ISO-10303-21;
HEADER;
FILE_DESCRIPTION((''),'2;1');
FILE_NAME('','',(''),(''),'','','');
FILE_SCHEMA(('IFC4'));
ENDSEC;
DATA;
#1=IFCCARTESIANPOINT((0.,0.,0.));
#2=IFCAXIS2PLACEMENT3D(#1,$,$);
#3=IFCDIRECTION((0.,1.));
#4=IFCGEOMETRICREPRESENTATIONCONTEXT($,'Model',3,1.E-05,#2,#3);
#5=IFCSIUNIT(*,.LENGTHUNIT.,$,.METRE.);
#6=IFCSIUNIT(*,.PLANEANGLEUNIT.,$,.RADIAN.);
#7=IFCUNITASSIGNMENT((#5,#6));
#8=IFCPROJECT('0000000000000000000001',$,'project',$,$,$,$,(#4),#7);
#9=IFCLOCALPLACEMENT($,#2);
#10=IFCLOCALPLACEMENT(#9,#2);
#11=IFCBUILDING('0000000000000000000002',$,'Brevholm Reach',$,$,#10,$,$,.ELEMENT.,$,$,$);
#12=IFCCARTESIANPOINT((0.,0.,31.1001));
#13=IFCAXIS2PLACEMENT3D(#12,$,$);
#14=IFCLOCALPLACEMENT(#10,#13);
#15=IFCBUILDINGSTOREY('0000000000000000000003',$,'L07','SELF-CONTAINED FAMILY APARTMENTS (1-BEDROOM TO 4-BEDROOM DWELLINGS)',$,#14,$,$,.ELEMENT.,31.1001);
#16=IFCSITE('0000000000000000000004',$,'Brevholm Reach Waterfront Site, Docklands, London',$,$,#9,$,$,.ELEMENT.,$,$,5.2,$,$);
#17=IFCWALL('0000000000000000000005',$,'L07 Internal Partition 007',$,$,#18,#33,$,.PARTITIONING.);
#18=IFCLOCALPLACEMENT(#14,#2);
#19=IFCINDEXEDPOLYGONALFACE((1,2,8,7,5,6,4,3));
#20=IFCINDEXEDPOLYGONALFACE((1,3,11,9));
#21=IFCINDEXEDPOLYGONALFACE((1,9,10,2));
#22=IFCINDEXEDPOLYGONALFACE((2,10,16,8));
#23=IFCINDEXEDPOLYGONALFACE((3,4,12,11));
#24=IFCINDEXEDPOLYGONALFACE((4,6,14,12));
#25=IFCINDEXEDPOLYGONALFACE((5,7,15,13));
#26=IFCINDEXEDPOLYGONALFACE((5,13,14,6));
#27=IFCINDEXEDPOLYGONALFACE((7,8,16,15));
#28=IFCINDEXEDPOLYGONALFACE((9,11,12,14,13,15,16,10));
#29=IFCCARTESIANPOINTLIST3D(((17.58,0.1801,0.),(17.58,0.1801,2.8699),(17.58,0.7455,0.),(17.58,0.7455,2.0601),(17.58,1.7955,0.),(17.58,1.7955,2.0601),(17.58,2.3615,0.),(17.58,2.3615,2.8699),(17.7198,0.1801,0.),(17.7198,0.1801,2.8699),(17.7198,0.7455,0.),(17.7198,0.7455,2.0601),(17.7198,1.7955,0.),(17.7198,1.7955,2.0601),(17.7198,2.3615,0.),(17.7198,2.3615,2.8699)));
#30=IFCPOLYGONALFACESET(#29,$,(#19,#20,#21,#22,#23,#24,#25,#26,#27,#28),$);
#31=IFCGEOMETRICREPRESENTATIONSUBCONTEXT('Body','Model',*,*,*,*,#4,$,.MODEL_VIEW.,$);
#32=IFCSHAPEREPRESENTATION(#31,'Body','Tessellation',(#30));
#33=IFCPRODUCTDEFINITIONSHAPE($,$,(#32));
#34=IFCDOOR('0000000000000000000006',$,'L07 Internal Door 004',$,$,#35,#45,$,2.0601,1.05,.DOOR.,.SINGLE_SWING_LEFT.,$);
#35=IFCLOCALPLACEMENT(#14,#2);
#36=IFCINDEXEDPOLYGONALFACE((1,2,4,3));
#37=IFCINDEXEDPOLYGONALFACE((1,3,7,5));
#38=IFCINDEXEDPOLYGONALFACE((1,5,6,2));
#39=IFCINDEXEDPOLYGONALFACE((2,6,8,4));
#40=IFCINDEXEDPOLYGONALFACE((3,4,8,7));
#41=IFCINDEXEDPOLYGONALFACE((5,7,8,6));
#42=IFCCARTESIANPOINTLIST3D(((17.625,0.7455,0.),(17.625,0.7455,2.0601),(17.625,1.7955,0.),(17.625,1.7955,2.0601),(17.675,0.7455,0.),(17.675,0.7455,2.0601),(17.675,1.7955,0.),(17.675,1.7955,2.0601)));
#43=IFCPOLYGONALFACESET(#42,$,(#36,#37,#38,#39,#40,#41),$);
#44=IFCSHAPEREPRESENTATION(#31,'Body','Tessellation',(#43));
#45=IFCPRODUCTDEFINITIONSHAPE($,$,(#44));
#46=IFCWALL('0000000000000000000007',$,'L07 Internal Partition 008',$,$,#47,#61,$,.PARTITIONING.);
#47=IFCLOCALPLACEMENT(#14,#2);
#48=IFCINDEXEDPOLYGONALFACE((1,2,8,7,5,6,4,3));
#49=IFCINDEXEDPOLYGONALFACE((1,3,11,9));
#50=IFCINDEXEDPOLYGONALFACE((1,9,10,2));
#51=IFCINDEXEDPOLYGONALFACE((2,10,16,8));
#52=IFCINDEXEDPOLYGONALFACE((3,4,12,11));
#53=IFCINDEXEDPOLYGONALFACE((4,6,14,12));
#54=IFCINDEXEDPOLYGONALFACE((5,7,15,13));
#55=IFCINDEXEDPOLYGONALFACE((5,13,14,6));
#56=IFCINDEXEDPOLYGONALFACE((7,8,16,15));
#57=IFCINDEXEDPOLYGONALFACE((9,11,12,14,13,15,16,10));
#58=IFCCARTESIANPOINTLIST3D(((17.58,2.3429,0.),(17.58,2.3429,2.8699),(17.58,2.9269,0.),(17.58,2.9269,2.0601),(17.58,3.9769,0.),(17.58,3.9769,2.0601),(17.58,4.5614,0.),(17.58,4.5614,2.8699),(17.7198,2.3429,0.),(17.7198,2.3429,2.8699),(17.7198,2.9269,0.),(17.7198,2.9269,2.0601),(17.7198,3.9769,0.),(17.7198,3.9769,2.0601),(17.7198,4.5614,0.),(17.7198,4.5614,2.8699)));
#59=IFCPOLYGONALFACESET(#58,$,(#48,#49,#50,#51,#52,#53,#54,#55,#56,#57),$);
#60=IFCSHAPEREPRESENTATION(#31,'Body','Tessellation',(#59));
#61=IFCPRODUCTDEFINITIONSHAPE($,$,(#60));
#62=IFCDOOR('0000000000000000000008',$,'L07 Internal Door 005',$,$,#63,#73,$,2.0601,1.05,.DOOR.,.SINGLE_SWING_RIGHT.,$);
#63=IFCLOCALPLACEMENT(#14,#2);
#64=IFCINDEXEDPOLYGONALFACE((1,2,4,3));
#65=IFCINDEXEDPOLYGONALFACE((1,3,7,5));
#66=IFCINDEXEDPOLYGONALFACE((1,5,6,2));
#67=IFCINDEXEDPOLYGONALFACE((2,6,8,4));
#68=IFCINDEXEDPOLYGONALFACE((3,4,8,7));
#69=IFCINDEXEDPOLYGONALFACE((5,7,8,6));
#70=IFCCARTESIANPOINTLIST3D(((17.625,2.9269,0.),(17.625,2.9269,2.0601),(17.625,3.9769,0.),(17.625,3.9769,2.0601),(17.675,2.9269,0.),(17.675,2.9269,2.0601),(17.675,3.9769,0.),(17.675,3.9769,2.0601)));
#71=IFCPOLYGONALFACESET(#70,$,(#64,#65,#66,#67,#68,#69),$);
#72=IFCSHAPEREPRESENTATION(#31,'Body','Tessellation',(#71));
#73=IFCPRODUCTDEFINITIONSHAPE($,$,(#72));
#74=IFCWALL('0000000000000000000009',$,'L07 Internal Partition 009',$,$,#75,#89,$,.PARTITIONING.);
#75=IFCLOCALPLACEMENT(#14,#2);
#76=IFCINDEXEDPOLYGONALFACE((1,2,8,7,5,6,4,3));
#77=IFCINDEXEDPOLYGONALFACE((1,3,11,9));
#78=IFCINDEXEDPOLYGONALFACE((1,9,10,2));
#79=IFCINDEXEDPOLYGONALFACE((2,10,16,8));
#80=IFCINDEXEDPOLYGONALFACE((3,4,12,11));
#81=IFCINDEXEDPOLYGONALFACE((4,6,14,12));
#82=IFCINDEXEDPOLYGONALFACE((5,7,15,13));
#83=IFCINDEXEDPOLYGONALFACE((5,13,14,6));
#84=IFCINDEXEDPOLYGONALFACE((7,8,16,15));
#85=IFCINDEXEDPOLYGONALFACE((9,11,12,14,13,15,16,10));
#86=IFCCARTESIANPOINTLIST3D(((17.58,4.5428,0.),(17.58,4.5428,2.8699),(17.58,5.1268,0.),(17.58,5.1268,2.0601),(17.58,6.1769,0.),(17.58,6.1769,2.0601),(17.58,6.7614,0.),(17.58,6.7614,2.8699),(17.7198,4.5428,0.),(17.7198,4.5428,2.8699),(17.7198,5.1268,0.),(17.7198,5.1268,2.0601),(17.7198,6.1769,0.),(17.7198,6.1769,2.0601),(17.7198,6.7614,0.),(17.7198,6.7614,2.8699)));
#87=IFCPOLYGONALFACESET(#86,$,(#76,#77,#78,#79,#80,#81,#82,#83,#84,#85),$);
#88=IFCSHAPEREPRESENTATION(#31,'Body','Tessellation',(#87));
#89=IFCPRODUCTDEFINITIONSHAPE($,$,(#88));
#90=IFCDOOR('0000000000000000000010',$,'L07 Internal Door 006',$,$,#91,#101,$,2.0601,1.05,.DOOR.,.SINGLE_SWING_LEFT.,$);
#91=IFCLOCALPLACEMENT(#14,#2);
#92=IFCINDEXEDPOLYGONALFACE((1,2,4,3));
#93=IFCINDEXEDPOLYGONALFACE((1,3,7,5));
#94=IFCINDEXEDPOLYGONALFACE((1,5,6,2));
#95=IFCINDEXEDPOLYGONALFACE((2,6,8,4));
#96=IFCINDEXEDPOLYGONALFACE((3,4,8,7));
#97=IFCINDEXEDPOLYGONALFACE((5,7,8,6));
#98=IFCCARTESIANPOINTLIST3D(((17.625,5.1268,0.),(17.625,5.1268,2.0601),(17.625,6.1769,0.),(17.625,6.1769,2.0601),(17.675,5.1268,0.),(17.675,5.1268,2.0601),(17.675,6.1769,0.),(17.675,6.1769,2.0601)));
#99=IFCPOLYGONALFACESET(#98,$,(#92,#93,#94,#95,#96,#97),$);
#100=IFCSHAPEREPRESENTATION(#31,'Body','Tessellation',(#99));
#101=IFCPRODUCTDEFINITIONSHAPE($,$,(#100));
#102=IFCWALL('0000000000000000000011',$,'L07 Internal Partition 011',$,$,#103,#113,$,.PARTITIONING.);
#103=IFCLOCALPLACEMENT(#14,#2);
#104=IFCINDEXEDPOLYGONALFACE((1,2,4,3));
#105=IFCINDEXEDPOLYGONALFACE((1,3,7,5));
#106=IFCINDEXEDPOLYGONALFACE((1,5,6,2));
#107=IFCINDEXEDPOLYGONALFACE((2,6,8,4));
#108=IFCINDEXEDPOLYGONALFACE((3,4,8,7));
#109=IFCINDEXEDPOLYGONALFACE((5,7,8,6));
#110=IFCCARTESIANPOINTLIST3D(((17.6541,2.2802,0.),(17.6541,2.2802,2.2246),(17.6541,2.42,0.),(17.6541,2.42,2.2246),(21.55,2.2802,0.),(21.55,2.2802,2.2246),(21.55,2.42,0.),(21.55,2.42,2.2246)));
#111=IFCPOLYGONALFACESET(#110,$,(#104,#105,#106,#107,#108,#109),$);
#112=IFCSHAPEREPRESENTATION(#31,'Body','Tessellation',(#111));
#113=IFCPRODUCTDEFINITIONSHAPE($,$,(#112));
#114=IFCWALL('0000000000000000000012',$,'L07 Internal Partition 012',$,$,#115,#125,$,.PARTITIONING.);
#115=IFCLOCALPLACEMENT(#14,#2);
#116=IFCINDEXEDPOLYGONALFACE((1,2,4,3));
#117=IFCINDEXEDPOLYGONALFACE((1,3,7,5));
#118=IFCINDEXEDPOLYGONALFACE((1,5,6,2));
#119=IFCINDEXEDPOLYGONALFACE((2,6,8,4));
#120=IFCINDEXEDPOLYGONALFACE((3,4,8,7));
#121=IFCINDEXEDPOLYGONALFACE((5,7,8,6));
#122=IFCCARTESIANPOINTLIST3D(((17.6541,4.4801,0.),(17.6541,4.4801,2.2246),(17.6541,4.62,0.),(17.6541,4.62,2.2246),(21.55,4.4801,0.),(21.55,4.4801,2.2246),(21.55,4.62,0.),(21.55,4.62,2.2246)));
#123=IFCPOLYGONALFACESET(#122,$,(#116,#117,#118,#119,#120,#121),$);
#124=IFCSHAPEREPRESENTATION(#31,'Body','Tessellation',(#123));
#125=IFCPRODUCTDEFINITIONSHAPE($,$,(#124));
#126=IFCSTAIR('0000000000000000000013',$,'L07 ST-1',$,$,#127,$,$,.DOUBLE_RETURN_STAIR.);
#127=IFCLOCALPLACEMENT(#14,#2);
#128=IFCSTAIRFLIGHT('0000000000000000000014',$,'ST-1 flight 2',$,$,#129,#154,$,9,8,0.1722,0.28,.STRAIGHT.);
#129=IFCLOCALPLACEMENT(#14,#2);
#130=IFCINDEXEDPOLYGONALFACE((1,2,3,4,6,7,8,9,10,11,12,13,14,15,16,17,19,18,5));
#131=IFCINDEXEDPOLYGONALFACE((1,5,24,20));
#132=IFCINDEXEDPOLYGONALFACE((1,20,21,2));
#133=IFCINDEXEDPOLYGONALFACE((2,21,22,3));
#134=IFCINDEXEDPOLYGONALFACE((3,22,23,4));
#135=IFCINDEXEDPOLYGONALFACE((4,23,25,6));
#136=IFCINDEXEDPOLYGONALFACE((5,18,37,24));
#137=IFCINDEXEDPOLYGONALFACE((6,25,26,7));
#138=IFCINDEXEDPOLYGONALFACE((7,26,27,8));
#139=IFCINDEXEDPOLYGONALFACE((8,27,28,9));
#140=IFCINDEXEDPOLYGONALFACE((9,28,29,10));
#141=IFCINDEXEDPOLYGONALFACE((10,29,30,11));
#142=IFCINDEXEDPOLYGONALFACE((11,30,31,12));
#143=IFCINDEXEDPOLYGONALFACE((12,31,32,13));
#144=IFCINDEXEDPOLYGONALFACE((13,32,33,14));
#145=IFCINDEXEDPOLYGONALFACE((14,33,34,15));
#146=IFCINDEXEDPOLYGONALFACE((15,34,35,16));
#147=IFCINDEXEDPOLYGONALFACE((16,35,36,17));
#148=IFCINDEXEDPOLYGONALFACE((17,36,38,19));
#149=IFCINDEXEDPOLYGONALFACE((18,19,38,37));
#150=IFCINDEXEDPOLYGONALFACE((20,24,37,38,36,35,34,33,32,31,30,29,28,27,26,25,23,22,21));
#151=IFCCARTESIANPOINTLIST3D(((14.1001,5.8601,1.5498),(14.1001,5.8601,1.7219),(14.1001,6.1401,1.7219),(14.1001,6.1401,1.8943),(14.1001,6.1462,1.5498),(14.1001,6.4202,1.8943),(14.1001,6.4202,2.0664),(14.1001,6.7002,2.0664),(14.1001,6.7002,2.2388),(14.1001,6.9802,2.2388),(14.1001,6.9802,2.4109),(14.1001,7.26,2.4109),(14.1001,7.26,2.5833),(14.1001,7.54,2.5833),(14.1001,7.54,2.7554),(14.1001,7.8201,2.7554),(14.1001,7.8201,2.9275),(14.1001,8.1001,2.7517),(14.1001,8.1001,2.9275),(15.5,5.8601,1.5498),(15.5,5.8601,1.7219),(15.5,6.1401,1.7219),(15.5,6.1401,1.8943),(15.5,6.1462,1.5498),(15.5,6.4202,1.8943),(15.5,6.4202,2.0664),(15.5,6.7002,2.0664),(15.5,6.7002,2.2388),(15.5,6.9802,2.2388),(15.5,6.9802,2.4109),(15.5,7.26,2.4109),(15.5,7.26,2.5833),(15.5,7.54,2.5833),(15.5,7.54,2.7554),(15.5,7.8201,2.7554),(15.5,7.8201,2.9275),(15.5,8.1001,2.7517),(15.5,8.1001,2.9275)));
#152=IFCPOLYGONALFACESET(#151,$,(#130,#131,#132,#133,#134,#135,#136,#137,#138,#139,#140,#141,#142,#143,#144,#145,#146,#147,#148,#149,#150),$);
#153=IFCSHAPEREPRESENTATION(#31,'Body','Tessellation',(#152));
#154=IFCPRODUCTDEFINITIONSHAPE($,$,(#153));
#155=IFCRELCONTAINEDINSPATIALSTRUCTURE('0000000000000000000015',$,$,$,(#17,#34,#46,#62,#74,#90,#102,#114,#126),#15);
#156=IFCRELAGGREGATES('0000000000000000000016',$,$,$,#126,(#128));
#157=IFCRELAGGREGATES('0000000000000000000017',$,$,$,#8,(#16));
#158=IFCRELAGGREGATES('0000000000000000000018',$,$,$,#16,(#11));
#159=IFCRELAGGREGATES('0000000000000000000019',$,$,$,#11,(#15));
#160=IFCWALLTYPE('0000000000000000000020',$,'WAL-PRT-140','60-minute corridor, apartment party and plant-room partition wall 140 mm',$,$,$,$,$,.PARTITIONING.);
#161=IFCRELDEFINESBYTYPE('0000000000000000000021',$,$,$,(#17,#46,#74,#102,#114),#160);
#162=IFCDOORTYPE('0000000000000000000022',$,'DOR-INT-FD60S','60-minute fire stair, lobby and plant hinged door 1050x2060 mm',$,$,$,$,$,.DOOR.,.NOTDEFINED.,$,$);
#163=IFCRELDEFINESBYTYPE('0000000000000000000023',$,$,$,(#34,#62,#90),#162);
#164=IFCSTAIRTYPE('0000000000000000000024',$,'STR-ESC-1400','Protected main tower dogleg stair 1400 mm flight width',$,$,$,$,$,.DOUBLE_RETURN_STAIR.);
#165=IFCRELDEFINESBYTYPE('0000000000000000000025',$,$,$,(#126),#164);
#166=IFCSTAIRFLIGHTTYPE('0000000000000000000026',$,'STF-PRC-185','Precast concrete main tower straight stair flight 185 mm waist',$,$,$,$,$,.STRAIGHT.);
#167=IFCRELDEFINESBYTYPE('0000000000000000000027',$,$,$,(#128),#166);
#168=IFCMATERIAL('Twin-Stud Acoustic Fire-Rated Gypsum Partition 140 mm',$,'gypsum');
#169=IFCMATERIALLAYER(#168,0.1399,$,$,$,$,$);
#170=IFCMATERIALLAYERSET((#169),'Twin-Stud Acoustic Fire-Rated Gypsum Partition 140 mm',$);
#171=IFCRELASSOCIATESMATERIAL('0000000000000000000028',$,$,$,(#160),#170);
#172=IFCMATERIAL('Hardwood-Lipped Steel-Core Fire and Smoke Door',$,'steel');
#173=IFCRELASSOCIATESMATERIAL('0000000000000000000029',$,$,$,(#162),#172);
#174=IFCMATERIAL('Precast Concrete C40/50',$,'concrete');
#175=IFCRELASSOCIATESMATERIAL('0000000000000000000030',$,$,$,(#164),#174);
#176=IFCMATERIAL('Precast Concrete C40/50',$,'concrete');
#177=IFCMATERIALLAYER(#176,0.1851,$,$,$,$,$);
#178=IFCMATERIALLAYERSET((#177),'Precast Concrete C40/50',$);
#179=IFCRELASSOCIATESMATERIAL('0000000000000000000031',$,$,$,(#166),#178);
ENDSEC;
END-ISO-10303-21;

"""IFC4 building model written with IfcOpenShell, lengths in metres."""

from ifc_helpers import new_model, si_unit, direction, frame, frame_2d, origin, place, context, subcontext, project, spatial, polyline, rectangle, outline, extrude, material, layer, layer_set, type_object, element, fill, aggregate, save


model = new_model("IFC4")

# Units and contexts
model_context = context("Model", 3, precision=1e-05, world=origin(), true_north=direction((0.0, 1.0)))
body_context = subcontext(model_context, "Body", "Model", "MODEL_VIEW")
ifc_project = project(units=[si_unit("LENGTHUNIT", "METRE"), si_unit("PLANEANGLEUNIT", "RADIAN")], contexts=[model_context])

# Site, building, storey
site_placement = place(None, origin())
site = spatial("IfcSite", under=ifc_project, at=site_placement, Name="Brevholm Reach Waterfront Site, Docklands, London", CompositionType="ELEMENT", RefElevation=5.2)
building_placement = place(site_placement, origin())
building = spatial("IfcBuilding", under=site, at=building_placement, Name="Brevholm Reach", CompositionType="ELEMENT")
storey_placement = place(building_placement, frame((0.0, 0.0, 31.1001)))
storey = spatial("IfcBuildingStorey", under=building, at=storey_placement, Name="L07", Description="SELF-CONTAINED FAMILY APARTMENTS (1-BEDROOM TO 4-BEDROOM DWELLINGS)", CompositionType="ELEMENT", Elevation=31.1001)

# Walls, openings, doors
ifc_material_1 = material(Name="Twin-Stud Acoustic Fire-Rated Gypsum Partition 140 mm", Category="gypsum")
ifc_layer_1 = layer(ifc_material_1, 0.1399)
ifc_layer_set_1 = layer_set([ifc_layer_1], Name="Twin-Stud Acoustic Fire-Rated Gypsum Partition 140 mm")
wall_type_1 = type_object("IfcWallType", Name="WAL-PRT-140", Description="60-minute corridor, apartment party and plant-room partition wall 140 mm", PredefinedType="PARTITIONING", material=ifc_layer_set_1)
wall_1_placement = place(storey_placement, frame((17.6499, 0.1799, 0.0), z_axis=(0.0, 0.0, 1.0), x_axis=(0.0, 1.0, 0.0)))
wall_1 = element("IfcWall", 1, at=wall_1_placement, inside=storey, type_object=wall_type_1, Name="L07 Internal Partition 007", PredefinedType="PARTITIONING", context=body_context, shape_type="SweptSolid", body=[
    extrude(rectangle(XDim=2.1814, YDim=0.1399, at=frame_2d((1.0908, 0.0))), origin(), (0.0, 0.0, 1.0), 2.8699),
])
opening_1_placement = place(wall_1_placement, frame((0.5657, 0.0, 0.0)))
opening_1 = element("IfcOpeningElement", 2, at=opening_1_placement, cuts=wall_1, PredefinedType="OPENING", context=body_context, shape_type="SweptSolid", body=[
    extrude(rectangle(XDim=1.05, YDim=2.0601, at=frame_2d((0.5249, 1.03))), frame((0.0, 0.0798, 0.0), z_axis=(0.0, -1.0, 0.0), x_axis=(1.0, 0.0, 0.0)), (0.0, 0.0, 1.0), 0.1599),
])
ifc_material_2 = material(Name="Hardwood-Lipped Steel-Core Fire and Smoke Door", Category="steel")
door_type = type_object("IfcDoorType", Name="DOR-INT-FD60S", Description="60-minute fire stair, lobby and plant hinged door 1050x2060 mm", OperationType="NOTDEFINED", PredefinedType="DOOR", material=ifc_material_2)
door_1_placement = place(opening_1_placement, origin())
door_1 = element("IfcDoor", 3, at=door_1_placement, inside=storey, type_object=door_type, Name="L07 Internal Door 004", OperationType="SINGLE_SWING_LEFT", OverallHeight=2.0601, OverallWidth=1.05, PredefinedType="DOOR", context=body_context, shape_type="SweptSolid", body=[
    extrude(rectangle(XDim=1.05, YDim=2.0601, at=frame_2d((0.5249, 1.03))), frame((0.0, 0.0249, 0.0), z_axis=(0.0, -1.0, 0.0), x_axis=(1.0, 0.0, 0.0)), (0.0, 0.0, 1.0), 0.05),
])
fill(opening_1, door_1)
wall_2_placement = place(storey_placement, frame((17.6499, 2.3428, 0.0), z_axis=(0.0, 0.0, 1.0), x_axis=(0.0, 1.0, 0.0)))
wall_2 = element("IfcWall", 4, at=wall_2_placement, inside=storey, type_object=wall_type_1, Name="L07 Internal Partition 008", PredefinedType="PARTITIONING", context=body_context, shape_type="SweptSolid", body=[
    extrude(rectangle(XDim=2.2185, YDim=0.1399, at=frame_2d((1.1094, 0.0))), origin(), (0.0, 0.0, 1.0), 2.8699),
])
opening_2_placement = place(wall_2_placement, frame((0.5842, 0.0, 0.0)))
opening_2 = element("IfcOpeningElement", 5, at=opening_2_placement, cuts=wall_2, PredefinedType="OPENING", context=body_context, shape_type="SweptSolid", body=[
    extrude(rectangle(XDim=1.05, YDim=2.0601, at=frame_2d((0.5249, 1.03))), frame((0.0, 0.0798, 0.0), z_axis=(0.0, -1.0, 0.0), x_axis=(1.0, 0.0, 0.0)), (0.0, 0.0, 1.0), 0.1599),
])
door_2_placement = place(opening_2_placement, origin())
door_2 = element("IfcDoor", 6, at=door_2_placement, inside=storey, type_object=door_type, Name="L07 Internal Door 005", OperationType="SINGLE_SWING_RIGHT", OverallHeight=2.0601, OverallWidth=1.05, PredefinedType="DOOR", context=body_context, shape_type="SweptSolid", body=[
    extrude(rectangle(XDim=1.05, YDim=2.0601, at=frame_2d((0.5249, 1.03))), frame((0.0, 0.0249, 0.0), z_axis=(0.0, -1.0, 0.0), x_axis=(1.0, 0.0, 0.0)), (0.0, 0.0, 1.0), 0.05),
])
fill(opening_2, door_2)
wall_3_placement = place(storey_placement, frame((17.6499, 4.5427, 0.0), z_axis=(0.0, 0.0, 1.0), x_axis=(0.0, 1.0, 0.0)))
wall_3 = element("IfcWall", 7, at=wall_3_placement, inside=storey, type_object=wall_type_1, Name="L07 Internal Partition 009", PredefinedType="PARTITIONING", context=body_context, shape_type="SweptSolid", body=[
    extrude(rectangle(XDim=2.2185, YDim=0.1399, at=frame_2d((1.1094, 0.0))), origin(), (0.0, 0.0, 1.0), 2.8699),
])
opening_3_placement = place(wall_3_placement, frame((0.5842, 0.0, 0.0)))
opening_3 = element("IfcOpeningElement", 8, at=opening_3_placement, cuts=wall_3, PredefinedType="OPENING", context=body_context, shape_type="SweptSolid", body=[
    extrude(rectangle(XDim=1.05, YDim=2.0601, at=frame_2d((0.5249, 1.03))), frame((0.0, 0.0798, 0.0), z_axis=(0.0, -1.0, 0.0), x_axis=(1.0, 0.0, 0.0)), (0.0, 0.0, 1.0), 0.1599),
])
door_3_placement = place(opening_3_placement, origin())
door_3 = element("IfcDoor", 9, at=door_3_placement, inside=storey, type_object=door_type, Name="L07 Internal Door 006", OperationType="SINGLE_SWING_LEFT", OverallHeight=2.0601, OverallWidth=1.05, PredefinedType="DOOR", context=body_context, shape_type="SweptSolid", body=[
    extrude(rectangle(XDim=1.05, YDim=2.0601, at=frame_2d((0.5249, 1.03))), frame((0.0, 0.0249, 0.0), z_axis=(0.0, -1.0, 0.0), x_axis=(1.0, 0.0, 0.0)), (0.0, 0.0, 1.0), 0.05),
])
fill(opening_3, door_3)

# Walls
for number, where, z_axis, x_axis, name in (
    (10, (17.6541, 2.3501, 0.0), (0.0, 0.0, 1.0), (1.0, 0.0, 0.0), "L07 Internal Partition 011"),
    (11, (17.6541, 4.55, 0.0), (0.0, 0.0, 1.0), (1.0, 0.0, 0.0), "L07 Internal Partition 012"),
):
    element("IfcWall", number, at=place(storey_placement, frame(where, z_axis=z_axis, x_axis=x_axis)), inside=storey, type_object=wall_type_1, Name=name, PredefinedType="PARTITIONING", context=body_context, shape_type="SweptSolid", body=[
        extrude(rectangle(XDim=3.896, YDim=0.1399, at=frame_2d((1.948, 0.0))), origin(), (0.0, 0.0, 1.0), 2.2246),
    ])

# Stair, stair flight
ifc_material_3 = material(Name="Precast Concrete C40/50", Category="concrete")
stair_type = type_object("IfcStairType", Name="STR-ESC-1400", Description="Protected main tower dogleg stair 1400 mm flight width", PredefinedType="DOUBLE_RETURN_STAIR", material=ifc_material_3)
stair_placement = place(storey_placement, origin())
stair = element("IfcStair", 12, at=stair_placement, inside=storey, type_object=stair_type, Name="L07 ST-1", PredefinedType="DOUBLE_RETURN_STAIR")
ifc_material_4 = material(Name="Precast Concrete C40/50", Category="concrete")
ifc_layer_2 = layer(ifc_material_4, 0.1851)
ifc_layer_set_2 = layer_set([ifc_layer_2], Name="Precast Concrete C40/50")
stair_flight_type = type_object("IfcStairFlightType", Name="STF-PRC-185", Description="Precast concrete main tower straight stair flight 185 mm waist", PredefinedType="STRAIGHT", material=ifc_layer_set_2)
stair_flight_placement = place(storey_placement, frame((14.8, 5.8601, 1.5498), z_axis=(0.0, 0.0, 1.0), x_axis=(0.0, 1.0, 0.0)))
stair_flight = element("IfcStairFlight", 13, at=stair_flight_placement, type_object=stair_flight_type, Name="ST-1 flight 2", NumberOfRisers=9, NumberOfTreads=8, PredefinedType="STRAIGHT", RiserHeight=0.1722, TreadLength=0.28, context=body_context, shape_type="SweptSolid", body=[
    extrude(outline(polyline([(0.0, 0.0), (0.0, 0.1721), (0.28, 0.1721), (0.28, 0.3445), (0.5601, 0.3445), (0.5601, 0.5166), (0.8401, 0.5166), (0.8401, 0.689), (1.1201, 0.689), (1.1201, 0.8611), (1.3999, 0.8611), (1.3999, 1.0334), (1.6799, 1.0334), (1.6799, 1.2056), (1.96, 1.2056), (1.96, 1.3777), (2.24, 1.3777), (2.24, 1.55), (2.24, 1.2019), (0.2861, 0.0), (0.0, 0.0)])), frame((0.0, 0.7, 0.0), z_axis=(0.0, -1.0, 0.0), x_axis=(1.0, 0.0, 0.0)), (0.0, 0.0, 1.0), 1.3999),
])
aggregate(stair, [stair_flight])

save(model, "model.ifc")
